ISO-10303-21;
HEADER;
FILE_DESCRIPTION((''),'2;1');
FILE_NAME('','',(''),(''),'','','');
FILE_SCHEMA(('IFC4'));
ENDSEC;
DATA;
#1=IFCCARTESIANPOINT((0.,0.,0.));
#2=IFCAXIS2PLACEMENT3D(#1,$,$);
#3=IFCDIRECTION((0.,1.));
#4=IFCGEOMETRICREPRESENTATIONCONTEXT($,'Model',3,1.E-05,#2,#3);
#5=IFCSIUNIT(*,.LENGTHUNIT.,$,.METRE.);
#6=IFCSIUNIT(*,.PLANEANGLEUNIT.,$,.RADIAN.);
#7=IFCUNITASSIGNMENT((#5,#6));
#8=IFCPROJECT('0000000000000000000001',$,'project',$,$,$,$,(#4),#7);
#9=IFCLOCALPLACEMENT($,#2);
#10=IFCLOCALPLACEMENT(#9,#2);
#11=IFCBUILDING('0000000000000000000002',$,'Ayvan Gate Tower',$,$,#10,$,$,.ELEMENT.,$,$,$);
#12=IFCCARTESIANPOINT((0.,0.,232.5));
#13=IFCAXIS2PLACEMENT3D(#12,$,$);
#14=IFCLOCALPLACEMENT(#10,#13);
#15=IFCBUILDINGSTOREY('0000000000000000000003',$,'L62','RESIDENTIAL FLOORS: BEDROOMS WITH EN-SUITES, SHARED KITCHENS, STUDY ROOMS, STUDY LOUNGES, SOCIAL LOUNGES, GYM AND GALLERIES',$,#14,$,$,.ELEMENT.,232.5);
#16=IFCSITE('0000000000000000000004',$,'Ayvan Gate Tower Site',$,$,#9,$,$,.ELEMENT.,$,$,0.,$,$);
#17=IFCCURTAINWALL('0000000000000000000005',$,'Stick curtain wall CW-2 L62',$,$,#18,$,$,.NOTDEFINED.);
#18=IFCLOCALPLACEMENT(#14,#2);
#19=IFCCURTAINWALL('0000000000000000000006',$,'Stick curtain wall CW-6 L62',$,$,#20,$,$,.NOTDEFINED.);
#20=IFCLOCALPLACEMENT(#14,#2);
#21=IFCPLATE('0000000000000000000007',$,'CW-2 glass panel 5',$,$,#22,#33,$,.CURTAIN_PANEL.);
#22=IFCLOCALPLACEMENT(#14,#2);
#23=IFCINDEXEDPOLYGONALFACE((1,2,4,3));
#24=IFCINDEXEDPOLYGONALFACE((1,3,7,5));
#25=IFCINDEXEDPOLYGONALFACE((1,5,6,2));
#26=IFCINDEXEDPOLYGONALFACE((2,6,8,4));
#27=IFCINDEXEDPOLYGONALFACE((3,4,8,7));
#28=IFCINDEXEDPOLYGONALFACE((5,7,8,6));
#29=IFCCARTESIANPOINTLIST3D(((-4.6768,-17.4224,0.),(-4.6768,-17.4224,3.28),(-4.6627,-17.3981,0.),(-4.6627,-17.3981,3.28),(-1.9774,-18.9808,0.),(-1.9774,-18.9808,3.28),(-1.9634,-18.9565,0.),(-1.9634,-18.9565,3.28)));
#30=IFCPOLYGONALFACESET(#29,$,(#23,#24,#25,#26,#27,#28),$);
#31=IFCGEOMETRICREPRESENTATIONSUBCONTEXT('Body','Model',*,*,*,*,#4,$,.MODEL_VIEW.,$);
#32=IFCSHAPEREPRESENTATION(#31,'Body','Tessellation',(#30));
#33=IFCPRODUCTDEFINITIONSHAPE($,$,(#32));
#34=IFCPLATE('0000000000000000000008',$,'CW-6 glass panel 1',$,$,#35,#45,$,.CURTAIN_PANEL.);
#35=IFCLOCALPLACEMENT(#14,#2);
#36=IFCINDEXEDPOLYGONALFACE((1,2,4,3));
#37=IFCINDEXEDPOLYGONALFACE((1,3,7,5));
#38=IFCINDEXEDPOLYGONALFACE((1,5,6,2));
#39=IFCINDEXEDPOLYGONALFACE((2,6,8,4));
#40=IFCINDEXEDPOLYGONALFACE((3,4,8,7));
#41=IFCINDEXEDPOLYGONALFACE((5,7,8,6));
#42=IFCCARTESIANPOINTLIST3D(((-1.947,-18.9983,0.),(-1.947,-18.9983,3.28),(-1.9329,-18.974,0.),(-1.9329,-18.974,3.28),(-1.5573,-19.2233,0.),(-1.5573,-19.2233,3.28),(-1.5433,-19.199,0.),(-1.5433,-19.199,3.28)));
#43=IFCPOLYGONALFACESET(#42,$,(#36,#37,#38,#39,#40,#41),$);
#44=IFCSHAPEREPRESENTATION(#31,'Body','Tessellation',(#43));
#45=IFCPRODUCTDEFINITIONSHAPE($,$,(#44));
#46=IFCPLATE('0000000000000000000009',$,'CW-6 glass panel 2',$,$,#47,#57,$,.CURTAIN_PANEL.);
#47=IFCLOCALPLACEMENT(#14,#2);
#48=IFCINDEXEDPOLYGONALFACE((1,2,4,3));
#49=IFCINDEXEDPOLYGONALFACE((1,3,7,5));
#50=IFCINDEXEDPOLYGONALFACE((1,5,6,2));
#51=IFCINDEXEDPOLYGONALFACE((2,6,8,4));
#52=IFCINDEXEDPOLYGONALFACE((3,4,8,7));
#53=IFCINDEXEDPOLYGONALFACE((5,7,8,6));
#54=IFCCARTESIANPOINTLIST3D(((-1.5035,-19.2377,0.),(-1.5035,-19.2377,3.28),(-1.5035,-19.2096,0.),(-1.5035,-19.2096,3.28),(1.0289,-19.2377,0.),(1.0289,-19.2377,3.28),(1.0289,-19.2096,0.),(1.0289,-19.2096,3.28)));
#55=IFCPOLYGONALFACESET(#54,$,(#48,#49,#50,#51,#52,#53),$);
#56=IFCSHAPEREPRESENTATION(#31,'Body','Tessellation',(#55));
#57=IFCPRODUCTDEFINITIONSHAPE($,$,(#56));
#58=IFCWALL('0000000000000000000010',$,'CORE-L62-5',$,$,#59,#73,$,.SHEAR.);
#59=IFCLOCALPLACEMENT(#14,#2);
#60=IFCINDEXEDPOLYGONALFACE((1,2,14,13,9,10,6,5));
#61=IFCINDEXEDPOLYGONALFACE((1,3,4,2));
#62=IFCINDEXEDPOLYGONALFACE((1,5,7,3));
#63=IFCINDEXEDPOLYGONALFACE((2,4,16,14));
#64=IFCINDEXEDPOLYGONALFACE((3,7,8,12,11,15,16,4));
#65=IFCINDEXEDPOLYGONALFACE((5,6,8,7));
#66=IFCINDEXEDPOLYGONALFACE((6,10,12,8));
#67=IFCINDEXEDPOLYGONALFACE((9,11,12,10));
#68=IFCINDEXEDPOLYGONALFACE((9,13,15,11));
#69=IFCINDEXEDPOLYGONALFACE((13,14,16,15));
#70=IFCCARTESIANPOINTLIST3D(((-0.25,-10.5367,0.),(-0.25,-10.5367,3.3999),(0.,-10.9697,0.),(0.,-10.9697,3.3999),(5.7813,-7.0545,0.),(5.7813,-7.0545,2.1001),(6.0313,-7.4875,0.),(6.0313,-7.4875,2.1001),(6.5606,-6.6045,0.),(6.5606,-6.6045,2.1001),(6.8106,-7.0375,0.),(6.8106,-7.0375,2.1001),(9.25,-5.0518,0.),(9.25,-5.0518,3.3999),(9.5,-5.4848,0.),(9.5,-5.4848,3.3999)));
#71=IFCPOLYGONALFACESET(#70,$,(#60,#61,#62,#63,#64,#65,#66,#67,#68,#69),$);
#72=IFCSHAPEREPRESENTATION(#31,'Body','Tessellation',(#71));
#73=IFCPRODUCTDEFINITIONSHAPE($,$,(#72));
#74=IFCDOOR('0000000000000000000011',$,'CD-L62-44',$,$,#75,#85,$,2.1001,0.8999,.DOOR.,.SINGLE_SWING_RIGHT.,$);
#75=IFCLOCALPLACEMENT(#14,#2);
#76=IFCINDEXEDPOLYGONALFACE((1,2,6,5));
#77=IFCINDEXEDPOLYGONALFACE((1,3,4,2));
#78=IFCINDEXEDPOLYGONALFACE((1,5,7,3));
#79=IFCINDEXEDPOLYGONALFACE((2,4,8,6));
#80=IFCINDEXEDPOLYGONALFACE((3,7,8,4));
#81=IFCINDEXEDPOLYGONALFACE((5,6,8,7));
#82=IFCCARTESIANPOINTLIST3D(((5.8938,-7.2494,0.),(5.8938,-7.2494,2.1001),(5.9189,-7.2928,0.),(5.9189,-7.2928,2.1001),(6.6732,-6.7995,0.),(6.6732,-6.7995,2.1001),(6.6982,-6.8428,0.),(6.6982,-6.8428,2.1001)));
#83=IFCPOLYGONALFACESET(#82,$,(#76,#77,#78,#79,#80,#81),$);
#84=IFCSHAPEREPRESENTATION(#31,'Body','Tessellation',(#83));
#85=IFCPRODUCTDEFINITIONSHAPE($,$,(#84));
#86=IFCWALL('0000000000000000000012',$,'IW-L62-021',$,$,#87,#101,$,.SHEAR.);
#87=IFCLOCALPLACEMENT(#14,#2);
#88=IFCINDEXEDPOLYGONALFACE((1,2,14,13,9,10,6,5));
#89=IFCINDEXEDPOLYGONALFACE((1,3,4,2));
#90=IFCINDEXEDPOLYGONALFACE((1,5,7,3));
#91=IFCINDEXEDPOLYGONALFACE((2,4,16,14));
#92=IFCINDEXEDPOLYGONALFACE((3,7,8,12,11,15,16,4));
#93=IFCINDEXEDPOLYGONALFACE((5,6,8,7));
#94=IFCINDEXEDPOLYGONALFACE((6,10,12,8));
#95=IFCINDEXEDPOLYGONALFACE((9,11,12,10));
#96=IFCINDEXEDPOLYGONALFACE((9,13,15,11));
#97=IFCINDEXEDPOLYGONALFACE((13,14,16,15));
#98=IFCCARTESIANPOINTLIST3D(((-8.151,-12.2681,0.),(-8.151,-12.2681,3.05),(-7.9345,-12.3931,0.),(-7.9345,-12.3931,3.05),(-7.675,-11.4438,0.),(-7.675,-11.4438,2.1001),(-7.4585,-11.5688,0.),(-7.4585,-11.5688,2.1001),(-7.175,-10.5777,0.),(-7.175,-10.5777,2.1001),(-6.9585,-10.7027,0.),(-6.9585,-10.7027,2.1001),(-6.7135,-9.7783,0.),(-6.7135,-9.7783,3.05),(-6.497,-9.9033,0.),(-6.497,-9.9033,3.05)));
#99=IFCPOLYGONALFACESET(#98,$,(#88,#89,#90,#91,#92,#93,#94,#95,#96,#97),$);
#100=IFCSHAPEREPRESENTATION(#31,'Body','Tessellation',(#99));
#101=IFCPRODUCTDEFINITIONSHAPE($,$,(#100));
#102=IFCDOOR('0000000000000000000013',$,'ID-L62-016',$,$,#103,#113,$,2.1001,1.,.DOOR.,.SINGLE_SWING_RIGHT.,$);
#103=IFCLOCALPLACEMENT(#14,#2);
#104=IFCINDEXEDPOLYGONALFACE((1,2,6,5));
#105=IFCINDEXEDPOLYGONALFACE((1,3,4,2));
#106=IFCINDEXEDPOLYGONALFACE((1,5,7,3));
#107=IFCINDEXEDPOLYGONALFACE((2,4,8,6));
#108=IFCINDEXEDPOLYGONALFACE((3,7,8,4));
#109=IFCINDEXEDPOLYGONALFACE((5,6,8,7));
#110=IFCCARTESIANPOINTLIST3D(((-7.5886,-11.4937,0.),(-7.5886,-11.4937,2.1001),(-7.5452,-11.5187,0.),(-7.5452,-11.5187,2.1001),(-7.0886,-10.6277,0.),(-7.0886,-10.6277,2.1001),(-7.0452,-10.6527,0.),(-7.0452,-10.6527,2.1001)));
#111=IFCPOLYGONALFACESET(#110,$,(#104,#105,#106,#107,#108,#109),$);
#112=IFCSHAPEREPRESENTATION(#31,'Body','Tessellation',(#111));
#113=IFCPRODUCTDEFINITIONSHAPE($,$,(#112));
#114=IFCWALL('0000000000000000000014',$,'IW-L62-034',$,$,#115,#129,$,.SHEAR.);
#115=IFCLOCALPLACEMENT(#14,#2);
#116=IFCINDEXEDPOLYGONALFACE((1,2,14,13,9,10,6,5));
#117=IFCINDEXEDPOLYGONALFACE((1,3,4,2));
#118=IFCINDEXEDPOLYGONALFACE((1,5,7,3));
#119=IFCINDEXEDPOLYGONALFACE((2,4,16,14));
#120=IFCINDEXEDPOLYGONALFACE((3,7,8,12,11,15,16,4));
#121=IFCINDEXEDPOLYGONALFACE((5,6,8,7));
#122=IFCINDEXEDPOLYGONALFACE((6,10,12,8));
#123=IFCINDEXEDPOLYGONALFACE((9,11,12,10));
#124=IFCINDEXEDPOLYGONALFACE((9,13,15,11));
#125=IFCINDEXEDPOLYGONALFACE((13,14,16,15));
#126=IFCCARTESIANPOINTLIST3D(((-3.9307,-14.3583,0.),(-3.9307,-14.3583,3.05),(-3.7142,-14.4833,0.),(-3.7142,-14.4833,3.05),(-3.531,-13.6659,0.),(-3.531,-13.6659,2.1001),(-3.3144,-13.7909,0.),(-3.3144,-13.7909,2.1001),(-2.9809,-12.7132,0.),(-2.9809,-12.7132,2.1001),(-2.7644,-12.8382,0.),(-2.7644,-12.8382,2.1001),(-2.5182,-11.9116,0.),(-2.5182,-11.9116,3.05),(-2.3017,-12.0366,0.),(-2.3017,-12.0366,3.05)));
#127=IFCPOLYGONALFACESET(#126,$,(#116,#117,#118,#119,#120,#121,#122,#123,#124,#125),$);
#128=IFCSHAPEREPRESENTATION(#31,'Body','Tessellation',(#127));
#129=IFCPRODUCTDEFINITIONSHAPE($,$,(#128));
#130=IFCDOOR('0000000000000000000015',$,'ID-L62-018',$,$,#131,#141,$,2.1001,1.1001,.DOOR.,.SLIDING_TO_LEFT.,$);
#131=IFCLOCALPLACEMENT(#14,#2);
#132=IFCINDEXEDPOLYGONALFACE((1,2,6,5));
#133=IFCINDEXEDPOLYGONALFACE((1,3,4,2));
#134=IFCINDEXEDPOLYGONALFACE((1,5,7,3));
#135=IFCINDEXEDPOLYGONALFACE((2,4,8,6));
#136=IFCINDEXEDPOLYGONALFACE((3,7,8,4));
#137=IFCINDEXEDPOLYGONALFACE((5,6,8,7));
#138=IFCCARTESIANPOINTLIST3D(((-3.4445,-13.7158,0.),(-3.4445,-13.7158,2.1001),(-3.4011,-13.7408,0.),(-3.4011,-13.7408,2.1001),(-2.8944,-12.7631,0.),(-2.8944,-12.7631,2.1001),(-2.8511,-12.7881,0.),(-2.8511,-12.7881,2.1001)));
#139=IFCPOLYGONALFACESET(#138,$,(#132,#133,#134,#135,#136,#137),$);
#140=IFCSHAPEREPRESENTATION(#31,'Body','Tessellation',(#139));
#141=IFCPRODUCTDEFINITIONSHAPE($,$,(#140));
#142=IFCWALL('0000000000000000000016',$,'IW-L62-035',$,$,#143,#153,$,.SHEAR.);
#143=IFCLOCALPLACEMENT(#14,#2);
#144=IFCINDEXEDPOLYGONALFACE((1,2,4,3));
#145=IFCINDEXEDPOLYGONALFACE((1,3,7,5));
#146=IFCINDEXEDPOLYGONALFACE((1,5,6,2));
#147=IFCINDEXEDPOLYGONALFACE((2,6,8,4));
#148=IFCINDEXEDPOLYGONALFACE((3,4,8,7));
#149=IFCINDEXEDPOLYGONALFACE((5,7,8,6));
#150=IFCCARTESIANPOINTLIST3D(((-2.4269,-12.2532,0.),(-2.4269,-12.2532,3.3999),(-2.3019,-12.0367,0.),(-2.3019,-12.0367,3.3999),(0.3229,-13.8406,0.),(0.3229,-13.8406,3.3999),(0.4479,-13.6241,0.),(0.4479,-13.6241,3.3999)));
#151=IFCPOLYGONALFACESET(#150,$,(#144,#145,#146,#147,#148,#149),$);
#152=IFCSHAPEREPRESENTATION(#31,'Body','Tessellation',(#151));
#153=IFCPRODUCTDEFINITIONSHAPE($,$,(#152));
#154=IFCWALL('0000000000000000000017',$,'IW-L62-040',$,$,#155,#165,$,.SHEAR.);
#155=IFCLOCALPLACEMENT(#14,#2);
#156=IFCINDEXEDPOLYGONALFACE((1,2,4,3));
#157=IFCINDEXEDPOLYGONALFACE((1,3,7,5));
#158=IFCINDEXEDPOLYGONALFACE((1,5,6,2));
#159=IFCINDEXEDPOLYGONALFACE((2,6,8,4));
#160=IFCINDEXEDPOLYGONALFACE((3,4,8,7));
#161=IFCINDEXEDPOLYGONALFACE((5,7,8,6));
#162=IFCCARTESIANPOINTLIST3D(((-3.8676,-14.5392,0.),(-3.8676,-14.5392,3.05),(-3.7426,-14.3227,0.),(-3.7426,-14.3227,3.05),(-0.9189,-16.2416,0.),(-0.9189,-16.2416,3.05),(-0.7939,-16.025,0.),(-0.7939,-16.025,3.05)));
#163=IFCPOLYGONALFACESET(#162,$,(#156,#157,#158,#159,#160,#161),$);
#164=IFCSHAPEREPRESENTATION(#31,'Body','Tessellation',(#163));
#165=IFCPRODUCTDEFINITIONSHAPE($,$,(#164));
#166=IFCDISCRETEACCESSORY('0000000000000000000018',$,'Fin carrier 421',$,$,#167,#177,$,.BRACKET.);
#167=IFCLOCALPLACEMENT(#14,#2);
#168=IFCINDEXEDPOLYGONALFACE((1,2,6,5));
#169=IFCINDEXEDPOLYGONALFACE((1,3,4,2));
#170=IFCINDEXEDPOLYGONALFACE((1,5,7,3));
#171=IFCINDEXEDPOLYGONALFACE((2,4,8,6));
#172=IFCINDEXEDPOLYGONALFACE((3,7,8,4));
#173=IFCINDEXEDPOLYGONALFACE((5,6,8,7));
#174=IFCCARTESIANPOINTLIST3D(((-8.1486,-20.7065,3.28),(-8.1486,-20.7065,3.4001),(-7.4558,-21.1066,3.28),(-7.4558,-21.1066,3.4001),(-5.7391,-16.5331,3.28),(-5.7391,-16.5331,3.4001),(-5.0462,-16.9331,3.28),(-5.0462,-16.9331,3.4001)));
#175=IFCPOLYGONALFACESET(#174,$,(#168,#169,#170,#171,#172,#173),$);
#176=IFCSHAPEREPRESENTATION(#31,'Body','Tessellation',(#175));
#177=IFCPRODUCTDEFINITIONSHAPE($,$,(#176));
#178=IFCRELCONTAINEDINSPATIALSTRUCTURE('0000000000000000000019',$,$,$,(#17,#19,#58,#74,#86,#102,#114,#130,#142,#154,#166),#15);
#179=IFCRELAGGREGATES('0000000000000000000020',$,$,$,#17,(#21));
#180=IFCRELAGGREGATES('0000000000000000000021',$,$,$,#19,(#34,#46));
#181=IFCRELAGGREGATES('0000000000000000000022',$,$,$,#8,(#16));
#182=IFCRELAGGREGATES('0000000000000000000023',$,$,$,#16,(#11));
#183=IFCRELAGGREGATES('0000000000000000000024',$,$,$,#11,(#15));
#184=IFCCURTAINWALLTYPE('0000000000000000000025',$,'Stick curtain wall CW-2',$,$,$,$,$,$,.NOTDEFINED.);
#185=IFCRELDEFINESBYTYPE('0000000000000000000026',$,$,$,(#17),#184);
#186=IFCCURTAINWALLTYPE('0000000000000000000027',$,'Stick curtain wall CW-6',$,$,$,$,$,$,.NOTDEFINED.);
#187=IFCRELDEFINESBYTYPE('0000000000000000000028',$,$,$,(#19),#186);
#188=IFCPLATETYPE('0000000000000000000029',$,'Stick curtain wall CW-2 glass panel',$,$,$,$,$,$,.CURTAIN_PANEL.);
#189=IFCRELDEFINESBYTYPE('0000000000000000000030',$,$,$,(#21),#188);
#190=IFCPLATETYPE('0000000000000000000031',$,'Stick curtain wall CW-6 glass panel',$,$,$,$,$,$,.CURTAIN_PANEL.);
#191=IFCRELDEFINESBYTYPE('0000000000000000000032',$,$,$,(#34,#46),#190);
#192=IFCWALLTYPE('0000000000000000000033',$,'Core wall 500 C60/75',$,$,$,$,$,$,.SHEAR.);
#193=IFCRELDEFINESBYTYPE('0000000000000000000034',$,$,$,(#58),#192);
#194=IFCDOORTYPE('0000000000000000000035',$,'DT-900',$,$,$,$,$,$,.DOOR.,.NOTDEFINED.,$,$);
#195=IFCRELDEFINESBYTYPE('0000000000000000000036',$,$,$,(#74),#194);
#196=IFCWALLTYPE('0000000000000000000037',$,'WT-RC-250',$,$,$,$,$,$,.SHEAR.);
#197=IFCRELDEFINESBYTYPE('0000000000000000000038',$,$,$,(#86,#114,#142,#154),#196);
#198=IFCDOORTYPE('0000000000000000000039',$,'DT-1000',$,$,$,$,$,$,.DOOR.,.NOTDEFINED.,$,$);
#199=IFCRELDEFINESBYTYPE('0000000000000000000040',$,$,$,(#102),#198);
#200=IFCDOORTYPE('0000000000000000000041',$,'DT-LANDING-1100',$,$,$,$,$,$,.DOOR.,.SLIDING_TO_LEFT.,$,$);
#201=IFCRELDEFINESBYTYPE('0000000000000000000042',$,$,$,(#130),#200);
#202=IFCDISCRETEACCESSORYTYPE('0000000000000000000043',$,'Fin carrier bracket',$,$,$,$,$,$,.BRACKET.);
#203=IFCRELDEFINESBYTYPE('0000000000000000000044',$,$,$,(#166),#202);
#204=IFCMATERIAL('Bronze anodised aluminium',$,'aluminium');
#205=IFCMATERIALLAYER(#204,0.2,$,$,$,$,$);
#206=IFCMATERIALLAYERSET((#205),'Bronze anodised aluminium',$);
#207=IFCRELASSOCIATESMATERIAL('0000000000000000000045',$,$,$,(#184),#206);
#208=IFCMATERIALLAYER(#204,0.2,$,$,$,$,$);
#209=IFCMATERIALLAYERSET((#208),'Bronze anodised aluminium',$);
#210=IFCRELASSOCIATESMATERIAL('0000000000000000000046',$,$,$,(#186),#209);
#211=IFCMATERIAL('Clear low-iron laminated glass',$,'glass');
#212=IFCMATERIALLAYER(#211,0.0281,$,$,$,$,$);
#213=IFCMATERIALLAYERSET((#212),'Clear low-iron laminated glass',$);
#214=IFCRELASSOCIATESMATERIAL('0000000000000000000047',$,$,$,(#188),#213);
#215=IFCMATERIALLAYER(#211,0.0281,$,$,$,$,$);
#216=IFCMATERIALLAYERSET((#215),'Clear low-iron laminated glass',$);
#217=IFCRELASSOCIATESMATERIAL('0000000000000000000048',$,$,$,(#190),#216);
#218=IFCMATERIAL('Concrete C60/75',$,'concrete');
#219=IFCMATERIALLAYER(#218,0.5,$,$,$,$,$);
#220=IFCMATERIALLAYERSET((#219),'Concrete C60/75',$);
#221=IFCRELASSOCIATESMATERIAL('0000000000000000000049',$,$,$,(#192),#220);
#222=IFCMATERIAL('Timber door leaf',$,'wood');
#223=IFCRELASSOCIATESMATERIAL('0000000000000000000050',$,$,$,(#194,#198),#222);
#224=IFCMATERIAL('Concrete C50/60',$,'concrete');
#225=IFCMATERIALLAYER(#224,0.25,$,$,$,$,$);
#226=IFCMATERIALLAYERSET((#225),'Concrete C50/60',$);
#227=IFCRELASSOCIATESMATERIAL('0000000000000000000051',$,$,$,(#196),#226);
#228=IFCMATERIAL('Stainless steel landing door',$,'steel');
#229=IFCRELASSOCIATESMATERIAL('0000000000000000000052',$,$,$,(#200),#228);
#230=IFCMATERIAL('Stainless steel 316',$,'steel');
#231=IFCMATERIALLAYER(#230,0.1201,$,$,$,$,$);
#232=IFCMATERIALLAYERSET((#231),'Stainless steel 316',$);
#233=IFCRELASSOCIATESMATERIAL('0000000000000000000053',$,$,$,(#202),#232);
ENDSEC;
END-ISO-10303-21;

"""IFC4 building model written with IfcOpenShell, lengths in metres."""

from ifc_helpers import new_model, si_unit, direction, frame, frame_2d, origin, origin_2d, place, context, subcontext, project, spatial, rectangle, extrude, material, layer, layer_set, type_object, element, fill, aggregate, save


model = new_model("IFC4")

# Units and contexts
model_context = context("Model", 3, precision=1e-05, world=origin(), true_north=direction((0.0, 1.0)))
body_context = subcontext(model_context, "Body", "Model", "MODEL_VIEW")
ifc_project = project(units=[si_unit("LENGTHUNIT", "METRE"), si_unit("PLANEANGLEUNIT", "RADIAN")], contexts=[model_context])

# Site, building, storey
site_placement = place(None, origin())
site = spatial("IfcSite", under=ifc_project, at=site_placement, Name="Ayvan Gate Tower Site", CompositionType="ELEMENT", RefElevation=0.0)
building_placement = place(site_placement, origin())
building = spatial("IfcBuilding", under=site, at=building_placement, Name="Ayvan Gate Tower", CompositionType="ELEMENT")
storey_placement = place(building_placement, frame((0.0, 0.0, 232.5)))
storey = spatial("IfcBuildingStorey", under=building, at=storey_placement, Name="L62", Description="RESIDENTIAL FLOORS: BEDROOMS WITH EN-SUITES, SHARED KITCHENS, STUDY ROOMS, STUDY LOUNGES, SOCIAL LOUNGES, GYM AND GALLERIES", CompositionType="ELEMENT", Elevation=232.5)

# Shared definitions
ifc_material_1 = material(Name="Concrete C50/60", Category="concrete")

# Curtain walls
ifc_material_2 = material(Name="Bronze anodised aluminium", Category="aluminium")
ifc_layer_1 = layer(ifc_material_2, 0.2)
ifc_layer_set_1 = layer_set([ifc_layer_1], Name="Bronze anodised aluminium")
curtain_wall_type_1 = type_object("IfcCurtainWallType", Name="Stick curtain wall CW-2", PredefinedType="NOTDEFINED", material=ifc_layer_set_1)
curtain_wall_1_placement = place(storey_placement, origin())
curtain_wall_1 = element("IfcCurtainWall", 1, at=curtain_wall_1_placement, inside=storey, type_object=curtain_wall_type_1, Name="Stick curtain wall CW-2 L62", PredefinedType="NOTDEFINED")
ifc_layer_2 = layer(ifc_material_2, 0.2)
ifc_layer_set_2 = layer_set([ifc_layer_2], Name="Bronze anodised aluminium")
curtain_wall_type_2 = type_object("IfcCurtainWallType", Name="Stick curtain wall CW-6", PredefinedType="NOTDEFINED", material=ifc_layer_set_2)
curtain_wall_2_placement = place(storey_placement, origin())
curtain_wall_2 = element("IfcCurtainWall", 2, at=curtain_wall_2_placement, inside=storey, type_object=curtain_wall_type_2, Name="Stick curtain wall CW-6 L62", PredefinedType="NOTDEFINED")

# Plates
ifc_material_3 = material(Name="Clear low-iron laminated glass", Category="glass")
ifc_layer_3 = layer(ifc_material_3, 0.0281)
ifc_layer_set_3 = layer_set([ifc_layer_3], Name="Clear low-iron laminated glass")
plate_type_1 = type_object("IfcPlateType", Name="Stick curtain wall CW-2 glass panel", PredefinedType="CURTAIN_PANEL", material=ifc_layer_set_3)
plate_1_placement = place(storey_placement, frame((-3.3201, -18.1895, 0.0), z_axis=(0.0, 0.0, 1.0), x_axis=(0.866025, -0.5, 0.0)))
plate_1 = element("IfcPlate", 3, at=plate_1_placement, type_object=plate_type_1, Name="CW-2 glass panel 5", PredefinedType="CURTAIN_PANEL", context=body_context, shape_type="SweptSolid", body=[
    extrude(rectangle(XDim=3.1169, YDim=0.0281, at=origin_2d()), origin(), (0.0, 0.0, 1.0), 3.28),
])
aggregate(curtain_wall_1, [plate_1])
ifc_layer_4 = layer(ifc_material_3, 0.0281)
ifc_layer_set_4 = layer_set([ifc_layer_4], Name="Clear low-iron laminated glass")
plate_type_2 = type_object("IfcPlateType", Name="Stick curtain wall CW-6 glass panel", PredefinedType="CURTAIN_PANEL", material=ifc_layer_set_4)
plate_2_placement = place(storey_placement, frame((-1.7451, -19.0986, 0.0), z_axis=(0.0, 0.0, 1.0), x_axis=(0.866025, -0.5, 0.0)))
plate_2 = element("IfcPlate", 4, at=plate_2_placement, type_object=plate_type_2, Name="CW-6 glass panel 1", PredefinedType="CURTAIN_PANEL", context=body_context, shape_type="SweptSolid", body=[
    extrude(rectangle(XDim=0.45, YDim=0.0281, at=origin_2d()), origin(), (0.0, 0.0, 1.0), 3.28),
])
plate_3_placement = place(storey_placement, frame((-0.2373, -19.2236, 0.0), z_axis=(0.0, 0.0, 1.0), x_axis=(1.0, 0.0, 0.0)))
plate_3 = element("IfcPlate", 5, at=plate_3_placement, type_object=plate_type_2, Name="CW-6 glass panel 2", PredefinedType="CURTAIN_PANEL", context=body_context, shape_type="SweptSolid", body=[
    extrude(rectangle(XDim=2.5325, YDim=0.0281, at=origin_2d()), origin(), (0.0, 0.0, 1.0), 3.28),
])
aggregate(curtain_wall_2, [plate_2, plate_3])

# Walls, openings, doors
ifc_material_4 = material(Name="Concrete C60/75", Category="concrete")
ifc_layer_5 = layer(ifc_material_4, 0.5)
ifc_layer_set_5 = layer_set([ifc_layer_5], Name="Concrete C60/75")
wall_type_1 = type_object("IfcWallType", Name="Core wall 500 C60/75", PredefinedType="SHEAR", material=ifc_layer_set_5)
wall_1_placement = place(storey_placement, frame((-0.125, -10.7532, 0.0), z_axis=(0.0, 0.0, 1.0), x_axis=(0.866024, 0.500002, 0.0)))
wall_1 = element("IfcWall", 6, at=wall_1_placement, inside=storey, type_object=wall_type_1, Name="CORE-L62-5", PredefinedType="SHEAR", context=body_context, shape_type="SweptSolid", body=[
    extrude(rectangle(XDim=10.9697, YDim=0.5, at=frame_2d((5.4849, 0.0))), origin(), (0.0, 0.0, 1.0), 3.3999),
])
opening_1_placement = place(wall_1_placement, frame((6.9644, 0.0, 0.0)))
opening_1 = element("IfcOpeningElement", 7, at=opening_1_placement, cuts=wall_1, PredefinedType="OPENING", context=body_context, shape_type="SweptSolid", body=[
    extrude(rectangle(XDim=0.8999, YDim=2.1001, at=frame_2d((0.45, 1.05))), frame((0.0, 0.26, 0.0), z_axis=(0.0, -1.0, 0.0), x_axis=(1.0, 0.0, 0.0)), (0.0, 0.0, 1.0), 0.52),
])
ifc_material_5 = material(Name="Timber door leaf", Category="wood")
door_type_1 = type_object("IfcDoorType", Name="DT-900", OperationType="NOTDEFINED", PredefinedType="DOOR", material=ifc_material_5)
door_1_placement = place(opening_1_placement, origin())
door_1 = element("IfcDoor", 8, at=door_1_placement, inside=storey, type_object=door_type_1, Name="CD-L62-44", OperationType="SINGLE_SWING_RIGHT", OverallHeight=2.1001, OverallWidth=0.8999, PredefinedType="DOOR", context=body_context, shape_type="SweptSolid", body=[
    extrude(rectangle(XDim=0.8999, YDim=2.1001, at=frame_2d((0.45, 1.05))), frame((0.0, 0.0249, 0.0), z_axis=(0.0, -1.0, 0.0), x_axis=(1.0, 0.0, 0.0)), (0.0, 0.0, 1.0), 0.05),
])
fill(opening_1, door_1)
ifc_layer_6 = layer(ifc_material_1, 0.25)
ifc_layer_set_6 = layer_set([ifc_layer_6], Name="Concrete C50/60")
wall_type_2 = type_object("IfcWallType", Name="WT-RC-250", PredefinedType="SHEAR", material=ifc_layer_set_6)
wall_2_placement = place(storey_placement, frame((-6.6052, -9.8408, 0.0), z_axis=(0.0, 0.0, 1.0), x_axis=(-0.500012, -0.866019, 0.0)))
wall_2 = element("IfcWall", 9, at=wall_2_placement, inside=storey, type_object=wall_type_2, Name="IW-L62-021", PredefinedType="SHEAR", context=body_context, shape_type="SweptSolid", body=[
    extrude(rectangle(XDim=2.875, YDim=0.25, at=frame_2d((1.4375, 0.0))), origin(), (0.0, 0.0, 1.0), 3.05),
])
opening_2_placement = place(wall_2_placement, frame((0.9231, 0.0, 0.0)))
opening_2 = element("IfcOpeningElement", 10, at=opening_2_placement, cuts=wall_2, PredefinedType="OPENING", context=body_context, shape_type="SweptSolid", body=[
    extrude(rectangle(XDim=1.0, YDim=2.1001, at=frame_2d((0.5, 1.05))), frame((0.0, 0.135, 0.0), z_axis=(0.0, -1.0, 0.0), x_axis=(1.0, 0.0, 0.0)), (0.0, 0.0, 1.0), 0.27),
])
door_type_2 = type_object("IfcDoorType", Name="DT-1000", OperationType="NOTDEFINED", PredefinedType="DOOR", material=ifc_material_5)
door_2_placement = place(opening_2_placement, origin())
door_2 = element("IfcDoor", 11, at=door_2_placement, inside=storey, type_object=door_type_2, Name="ID-L62-016", OperationType="SINGLE_SWING_RIGHT", OverallHeight=2.1001, OverallWidth=1.0, PredefinedType="DOOR", context=body_context, shape_type="SweptSolid", body=[
    extrude(rectangle(XDim=1.0, YDim=2.1001, at=frame_2d((0.5, 1.05))), frame((0.0, 0.0249, 0.0), z_axis=(0.0, -1.0, 0.0), x_axis=(1.0, 0.0, 0.0)), (0.0, 0.0, 1.0), 0.05),
])
fill(opening_2, door_2)
wall_3_placement = place(storey_placement, frame((-2.4099, -11.9741, 0.0), z_axis=(0.0, 0.0, 1.0), x_axis=(-0.499987, -0.866033, 0.0)))
wall_3 = element("IfcWall", 12, at=wall_3_placement, inside=storey, type_object=wall_type_2, Name="IW-L62-034", PredefinedType="SHEAR", context=body_context, shape_type="SweptSolid", body=[
    extrude(rectangle(XDim=2.8252, YDim=0.25, at=frame_2d((1.4126, 0.0))), origin(), (0.0, 0.0, 1.0), 3.05),
])
opening_3_placement = place(wall_3_placement, frame((0.9255, 0.0, 0.0)))
opening_3 = element("IfcOpeningElement", 13, at=opening_3_placement, cuts=wall_3, PredefinedType="OPENING", context=body_context, shape_type="SweptSolid", body=[
    extrude(rectangle(XDim=1.1001, YDim=2.1001, at=frame_2d((0.55, 1.05))), frame((0.0, 0.135, 0.0), z_axis=(0.0, -1.0, 0.0), x_axis=(1.0, 0.0, 0.0)), (0.0, 0.0, 1.0), 0.27),
])
ifc_material_6 = material(Name="Stainless steel landing door", Category="steel")
door_type_3 = type_object("IfcDoorType", Name="DT-LANDING-1100", OperationType="SLIDING_TO_LEFT", PredefinedType="DOOR", material=ifc_material_6)
door_3_placement = place(opening_3_placement, origin())
door_3 = element("IfcDoor", 14, at=door_3_placement, inside=storey, type_object=door_type_3, Name="ID-L62-018", OperationType="SLIDING_TO_LEFT", OverallHeight=2.1001, OverallWidth=1.1001, PredefinedType="DOOR", context=body_context, shape_type="SweptSolid", body=[
    extrude(rectangle(XDim=1.1001, YDim=2.1001, at=frame_2d((0.55, 1.05))), frame((0.0, 0.0249, 0.0), z_axis=(0.0, -1.0, 0.0), x_axis=(1.0, 0.0, 0.0)), (0.0, 0.0, 1.0), 0.05),
])
fill(opening_3, door_3)

# Walls
wall_4_placement = place(storey_placement, frame((-2.3643, -12.145, 0.0), z_axis=(0.0, 0.0, 1.0), x_axis=(0.866049, -0.49996, 0.0)))
element("IfcWall", 15, at=wall_4_placement, inside=storey, type_object=wall_type_2, Name="IW-L62-035", PredefinedType="SHEAR", context=body_context, shape_type="SweptSolid", body=[
    extrude(rectangle(XDim=3.175, YDim=0.25, at=frame_2d((1.5874, 0.0))), origin(), (0.0, 0.0, 1.0), 3.3999),
])
wall_5_placement = place(storey_placement, frame((-0.8564, -16.1333, 0.0), z_axis=(0.0, 0.0, 1.0), x_axis=(-0.866033, 0.499987, 0.0)))
element("IfcWall", 16, at=wall_5_placement, inside=storey, type_object=wall_type_2, Name="IW-L62-040", PredefinedType="SHEAR", context=body_context, shape_type="SweptSolid", body=[
    extrude(rectangle(XDim=3.4048, YDim=0.25, at=frame_2d((1.7024, 0.0))), origin(), (0.0, 0.0, 1.0), 3.05),
])

# Discrete accessory
ifc_material_7 = material(Name="Stainless steel 316", Category="steel")
ifc_layer_7 = layer(ifc_material_7, 0.1201)
ifc_layer_set_7 = layer_set([ifc_layer_7], Name="Stainless steel 316")
discrete_accessory_type = type_object("IfcDiscreteAccessoryType", Name="Fin carrier bracket", PredefinedType="BRACKET", material=ifc_layer_set_7)
discrete_accessory_1_placement = place(storey_placement, frame((-6.5974, -18.8198, 3.28), z_axis=(0.0, 0.0, 1.0), x_axis=(0.866025, -0.5, 0.0)))
element("IfcDiscreteAccessory", 17, at=discrete_accessory_1_placement, inside=storey, type_object=discrete_accessory_type, Name="Fin carrier 421", PredefinedType="BRACKET", context=body_context, shape_type="SweptSolid", body=[
    extrude(rectangle(XDim=0.8, YDim=4.8191, at=origin_2d()), origin(), (0.0, 0.0, 1.0), 0.1201),
])

save(model, "model.ifc")
